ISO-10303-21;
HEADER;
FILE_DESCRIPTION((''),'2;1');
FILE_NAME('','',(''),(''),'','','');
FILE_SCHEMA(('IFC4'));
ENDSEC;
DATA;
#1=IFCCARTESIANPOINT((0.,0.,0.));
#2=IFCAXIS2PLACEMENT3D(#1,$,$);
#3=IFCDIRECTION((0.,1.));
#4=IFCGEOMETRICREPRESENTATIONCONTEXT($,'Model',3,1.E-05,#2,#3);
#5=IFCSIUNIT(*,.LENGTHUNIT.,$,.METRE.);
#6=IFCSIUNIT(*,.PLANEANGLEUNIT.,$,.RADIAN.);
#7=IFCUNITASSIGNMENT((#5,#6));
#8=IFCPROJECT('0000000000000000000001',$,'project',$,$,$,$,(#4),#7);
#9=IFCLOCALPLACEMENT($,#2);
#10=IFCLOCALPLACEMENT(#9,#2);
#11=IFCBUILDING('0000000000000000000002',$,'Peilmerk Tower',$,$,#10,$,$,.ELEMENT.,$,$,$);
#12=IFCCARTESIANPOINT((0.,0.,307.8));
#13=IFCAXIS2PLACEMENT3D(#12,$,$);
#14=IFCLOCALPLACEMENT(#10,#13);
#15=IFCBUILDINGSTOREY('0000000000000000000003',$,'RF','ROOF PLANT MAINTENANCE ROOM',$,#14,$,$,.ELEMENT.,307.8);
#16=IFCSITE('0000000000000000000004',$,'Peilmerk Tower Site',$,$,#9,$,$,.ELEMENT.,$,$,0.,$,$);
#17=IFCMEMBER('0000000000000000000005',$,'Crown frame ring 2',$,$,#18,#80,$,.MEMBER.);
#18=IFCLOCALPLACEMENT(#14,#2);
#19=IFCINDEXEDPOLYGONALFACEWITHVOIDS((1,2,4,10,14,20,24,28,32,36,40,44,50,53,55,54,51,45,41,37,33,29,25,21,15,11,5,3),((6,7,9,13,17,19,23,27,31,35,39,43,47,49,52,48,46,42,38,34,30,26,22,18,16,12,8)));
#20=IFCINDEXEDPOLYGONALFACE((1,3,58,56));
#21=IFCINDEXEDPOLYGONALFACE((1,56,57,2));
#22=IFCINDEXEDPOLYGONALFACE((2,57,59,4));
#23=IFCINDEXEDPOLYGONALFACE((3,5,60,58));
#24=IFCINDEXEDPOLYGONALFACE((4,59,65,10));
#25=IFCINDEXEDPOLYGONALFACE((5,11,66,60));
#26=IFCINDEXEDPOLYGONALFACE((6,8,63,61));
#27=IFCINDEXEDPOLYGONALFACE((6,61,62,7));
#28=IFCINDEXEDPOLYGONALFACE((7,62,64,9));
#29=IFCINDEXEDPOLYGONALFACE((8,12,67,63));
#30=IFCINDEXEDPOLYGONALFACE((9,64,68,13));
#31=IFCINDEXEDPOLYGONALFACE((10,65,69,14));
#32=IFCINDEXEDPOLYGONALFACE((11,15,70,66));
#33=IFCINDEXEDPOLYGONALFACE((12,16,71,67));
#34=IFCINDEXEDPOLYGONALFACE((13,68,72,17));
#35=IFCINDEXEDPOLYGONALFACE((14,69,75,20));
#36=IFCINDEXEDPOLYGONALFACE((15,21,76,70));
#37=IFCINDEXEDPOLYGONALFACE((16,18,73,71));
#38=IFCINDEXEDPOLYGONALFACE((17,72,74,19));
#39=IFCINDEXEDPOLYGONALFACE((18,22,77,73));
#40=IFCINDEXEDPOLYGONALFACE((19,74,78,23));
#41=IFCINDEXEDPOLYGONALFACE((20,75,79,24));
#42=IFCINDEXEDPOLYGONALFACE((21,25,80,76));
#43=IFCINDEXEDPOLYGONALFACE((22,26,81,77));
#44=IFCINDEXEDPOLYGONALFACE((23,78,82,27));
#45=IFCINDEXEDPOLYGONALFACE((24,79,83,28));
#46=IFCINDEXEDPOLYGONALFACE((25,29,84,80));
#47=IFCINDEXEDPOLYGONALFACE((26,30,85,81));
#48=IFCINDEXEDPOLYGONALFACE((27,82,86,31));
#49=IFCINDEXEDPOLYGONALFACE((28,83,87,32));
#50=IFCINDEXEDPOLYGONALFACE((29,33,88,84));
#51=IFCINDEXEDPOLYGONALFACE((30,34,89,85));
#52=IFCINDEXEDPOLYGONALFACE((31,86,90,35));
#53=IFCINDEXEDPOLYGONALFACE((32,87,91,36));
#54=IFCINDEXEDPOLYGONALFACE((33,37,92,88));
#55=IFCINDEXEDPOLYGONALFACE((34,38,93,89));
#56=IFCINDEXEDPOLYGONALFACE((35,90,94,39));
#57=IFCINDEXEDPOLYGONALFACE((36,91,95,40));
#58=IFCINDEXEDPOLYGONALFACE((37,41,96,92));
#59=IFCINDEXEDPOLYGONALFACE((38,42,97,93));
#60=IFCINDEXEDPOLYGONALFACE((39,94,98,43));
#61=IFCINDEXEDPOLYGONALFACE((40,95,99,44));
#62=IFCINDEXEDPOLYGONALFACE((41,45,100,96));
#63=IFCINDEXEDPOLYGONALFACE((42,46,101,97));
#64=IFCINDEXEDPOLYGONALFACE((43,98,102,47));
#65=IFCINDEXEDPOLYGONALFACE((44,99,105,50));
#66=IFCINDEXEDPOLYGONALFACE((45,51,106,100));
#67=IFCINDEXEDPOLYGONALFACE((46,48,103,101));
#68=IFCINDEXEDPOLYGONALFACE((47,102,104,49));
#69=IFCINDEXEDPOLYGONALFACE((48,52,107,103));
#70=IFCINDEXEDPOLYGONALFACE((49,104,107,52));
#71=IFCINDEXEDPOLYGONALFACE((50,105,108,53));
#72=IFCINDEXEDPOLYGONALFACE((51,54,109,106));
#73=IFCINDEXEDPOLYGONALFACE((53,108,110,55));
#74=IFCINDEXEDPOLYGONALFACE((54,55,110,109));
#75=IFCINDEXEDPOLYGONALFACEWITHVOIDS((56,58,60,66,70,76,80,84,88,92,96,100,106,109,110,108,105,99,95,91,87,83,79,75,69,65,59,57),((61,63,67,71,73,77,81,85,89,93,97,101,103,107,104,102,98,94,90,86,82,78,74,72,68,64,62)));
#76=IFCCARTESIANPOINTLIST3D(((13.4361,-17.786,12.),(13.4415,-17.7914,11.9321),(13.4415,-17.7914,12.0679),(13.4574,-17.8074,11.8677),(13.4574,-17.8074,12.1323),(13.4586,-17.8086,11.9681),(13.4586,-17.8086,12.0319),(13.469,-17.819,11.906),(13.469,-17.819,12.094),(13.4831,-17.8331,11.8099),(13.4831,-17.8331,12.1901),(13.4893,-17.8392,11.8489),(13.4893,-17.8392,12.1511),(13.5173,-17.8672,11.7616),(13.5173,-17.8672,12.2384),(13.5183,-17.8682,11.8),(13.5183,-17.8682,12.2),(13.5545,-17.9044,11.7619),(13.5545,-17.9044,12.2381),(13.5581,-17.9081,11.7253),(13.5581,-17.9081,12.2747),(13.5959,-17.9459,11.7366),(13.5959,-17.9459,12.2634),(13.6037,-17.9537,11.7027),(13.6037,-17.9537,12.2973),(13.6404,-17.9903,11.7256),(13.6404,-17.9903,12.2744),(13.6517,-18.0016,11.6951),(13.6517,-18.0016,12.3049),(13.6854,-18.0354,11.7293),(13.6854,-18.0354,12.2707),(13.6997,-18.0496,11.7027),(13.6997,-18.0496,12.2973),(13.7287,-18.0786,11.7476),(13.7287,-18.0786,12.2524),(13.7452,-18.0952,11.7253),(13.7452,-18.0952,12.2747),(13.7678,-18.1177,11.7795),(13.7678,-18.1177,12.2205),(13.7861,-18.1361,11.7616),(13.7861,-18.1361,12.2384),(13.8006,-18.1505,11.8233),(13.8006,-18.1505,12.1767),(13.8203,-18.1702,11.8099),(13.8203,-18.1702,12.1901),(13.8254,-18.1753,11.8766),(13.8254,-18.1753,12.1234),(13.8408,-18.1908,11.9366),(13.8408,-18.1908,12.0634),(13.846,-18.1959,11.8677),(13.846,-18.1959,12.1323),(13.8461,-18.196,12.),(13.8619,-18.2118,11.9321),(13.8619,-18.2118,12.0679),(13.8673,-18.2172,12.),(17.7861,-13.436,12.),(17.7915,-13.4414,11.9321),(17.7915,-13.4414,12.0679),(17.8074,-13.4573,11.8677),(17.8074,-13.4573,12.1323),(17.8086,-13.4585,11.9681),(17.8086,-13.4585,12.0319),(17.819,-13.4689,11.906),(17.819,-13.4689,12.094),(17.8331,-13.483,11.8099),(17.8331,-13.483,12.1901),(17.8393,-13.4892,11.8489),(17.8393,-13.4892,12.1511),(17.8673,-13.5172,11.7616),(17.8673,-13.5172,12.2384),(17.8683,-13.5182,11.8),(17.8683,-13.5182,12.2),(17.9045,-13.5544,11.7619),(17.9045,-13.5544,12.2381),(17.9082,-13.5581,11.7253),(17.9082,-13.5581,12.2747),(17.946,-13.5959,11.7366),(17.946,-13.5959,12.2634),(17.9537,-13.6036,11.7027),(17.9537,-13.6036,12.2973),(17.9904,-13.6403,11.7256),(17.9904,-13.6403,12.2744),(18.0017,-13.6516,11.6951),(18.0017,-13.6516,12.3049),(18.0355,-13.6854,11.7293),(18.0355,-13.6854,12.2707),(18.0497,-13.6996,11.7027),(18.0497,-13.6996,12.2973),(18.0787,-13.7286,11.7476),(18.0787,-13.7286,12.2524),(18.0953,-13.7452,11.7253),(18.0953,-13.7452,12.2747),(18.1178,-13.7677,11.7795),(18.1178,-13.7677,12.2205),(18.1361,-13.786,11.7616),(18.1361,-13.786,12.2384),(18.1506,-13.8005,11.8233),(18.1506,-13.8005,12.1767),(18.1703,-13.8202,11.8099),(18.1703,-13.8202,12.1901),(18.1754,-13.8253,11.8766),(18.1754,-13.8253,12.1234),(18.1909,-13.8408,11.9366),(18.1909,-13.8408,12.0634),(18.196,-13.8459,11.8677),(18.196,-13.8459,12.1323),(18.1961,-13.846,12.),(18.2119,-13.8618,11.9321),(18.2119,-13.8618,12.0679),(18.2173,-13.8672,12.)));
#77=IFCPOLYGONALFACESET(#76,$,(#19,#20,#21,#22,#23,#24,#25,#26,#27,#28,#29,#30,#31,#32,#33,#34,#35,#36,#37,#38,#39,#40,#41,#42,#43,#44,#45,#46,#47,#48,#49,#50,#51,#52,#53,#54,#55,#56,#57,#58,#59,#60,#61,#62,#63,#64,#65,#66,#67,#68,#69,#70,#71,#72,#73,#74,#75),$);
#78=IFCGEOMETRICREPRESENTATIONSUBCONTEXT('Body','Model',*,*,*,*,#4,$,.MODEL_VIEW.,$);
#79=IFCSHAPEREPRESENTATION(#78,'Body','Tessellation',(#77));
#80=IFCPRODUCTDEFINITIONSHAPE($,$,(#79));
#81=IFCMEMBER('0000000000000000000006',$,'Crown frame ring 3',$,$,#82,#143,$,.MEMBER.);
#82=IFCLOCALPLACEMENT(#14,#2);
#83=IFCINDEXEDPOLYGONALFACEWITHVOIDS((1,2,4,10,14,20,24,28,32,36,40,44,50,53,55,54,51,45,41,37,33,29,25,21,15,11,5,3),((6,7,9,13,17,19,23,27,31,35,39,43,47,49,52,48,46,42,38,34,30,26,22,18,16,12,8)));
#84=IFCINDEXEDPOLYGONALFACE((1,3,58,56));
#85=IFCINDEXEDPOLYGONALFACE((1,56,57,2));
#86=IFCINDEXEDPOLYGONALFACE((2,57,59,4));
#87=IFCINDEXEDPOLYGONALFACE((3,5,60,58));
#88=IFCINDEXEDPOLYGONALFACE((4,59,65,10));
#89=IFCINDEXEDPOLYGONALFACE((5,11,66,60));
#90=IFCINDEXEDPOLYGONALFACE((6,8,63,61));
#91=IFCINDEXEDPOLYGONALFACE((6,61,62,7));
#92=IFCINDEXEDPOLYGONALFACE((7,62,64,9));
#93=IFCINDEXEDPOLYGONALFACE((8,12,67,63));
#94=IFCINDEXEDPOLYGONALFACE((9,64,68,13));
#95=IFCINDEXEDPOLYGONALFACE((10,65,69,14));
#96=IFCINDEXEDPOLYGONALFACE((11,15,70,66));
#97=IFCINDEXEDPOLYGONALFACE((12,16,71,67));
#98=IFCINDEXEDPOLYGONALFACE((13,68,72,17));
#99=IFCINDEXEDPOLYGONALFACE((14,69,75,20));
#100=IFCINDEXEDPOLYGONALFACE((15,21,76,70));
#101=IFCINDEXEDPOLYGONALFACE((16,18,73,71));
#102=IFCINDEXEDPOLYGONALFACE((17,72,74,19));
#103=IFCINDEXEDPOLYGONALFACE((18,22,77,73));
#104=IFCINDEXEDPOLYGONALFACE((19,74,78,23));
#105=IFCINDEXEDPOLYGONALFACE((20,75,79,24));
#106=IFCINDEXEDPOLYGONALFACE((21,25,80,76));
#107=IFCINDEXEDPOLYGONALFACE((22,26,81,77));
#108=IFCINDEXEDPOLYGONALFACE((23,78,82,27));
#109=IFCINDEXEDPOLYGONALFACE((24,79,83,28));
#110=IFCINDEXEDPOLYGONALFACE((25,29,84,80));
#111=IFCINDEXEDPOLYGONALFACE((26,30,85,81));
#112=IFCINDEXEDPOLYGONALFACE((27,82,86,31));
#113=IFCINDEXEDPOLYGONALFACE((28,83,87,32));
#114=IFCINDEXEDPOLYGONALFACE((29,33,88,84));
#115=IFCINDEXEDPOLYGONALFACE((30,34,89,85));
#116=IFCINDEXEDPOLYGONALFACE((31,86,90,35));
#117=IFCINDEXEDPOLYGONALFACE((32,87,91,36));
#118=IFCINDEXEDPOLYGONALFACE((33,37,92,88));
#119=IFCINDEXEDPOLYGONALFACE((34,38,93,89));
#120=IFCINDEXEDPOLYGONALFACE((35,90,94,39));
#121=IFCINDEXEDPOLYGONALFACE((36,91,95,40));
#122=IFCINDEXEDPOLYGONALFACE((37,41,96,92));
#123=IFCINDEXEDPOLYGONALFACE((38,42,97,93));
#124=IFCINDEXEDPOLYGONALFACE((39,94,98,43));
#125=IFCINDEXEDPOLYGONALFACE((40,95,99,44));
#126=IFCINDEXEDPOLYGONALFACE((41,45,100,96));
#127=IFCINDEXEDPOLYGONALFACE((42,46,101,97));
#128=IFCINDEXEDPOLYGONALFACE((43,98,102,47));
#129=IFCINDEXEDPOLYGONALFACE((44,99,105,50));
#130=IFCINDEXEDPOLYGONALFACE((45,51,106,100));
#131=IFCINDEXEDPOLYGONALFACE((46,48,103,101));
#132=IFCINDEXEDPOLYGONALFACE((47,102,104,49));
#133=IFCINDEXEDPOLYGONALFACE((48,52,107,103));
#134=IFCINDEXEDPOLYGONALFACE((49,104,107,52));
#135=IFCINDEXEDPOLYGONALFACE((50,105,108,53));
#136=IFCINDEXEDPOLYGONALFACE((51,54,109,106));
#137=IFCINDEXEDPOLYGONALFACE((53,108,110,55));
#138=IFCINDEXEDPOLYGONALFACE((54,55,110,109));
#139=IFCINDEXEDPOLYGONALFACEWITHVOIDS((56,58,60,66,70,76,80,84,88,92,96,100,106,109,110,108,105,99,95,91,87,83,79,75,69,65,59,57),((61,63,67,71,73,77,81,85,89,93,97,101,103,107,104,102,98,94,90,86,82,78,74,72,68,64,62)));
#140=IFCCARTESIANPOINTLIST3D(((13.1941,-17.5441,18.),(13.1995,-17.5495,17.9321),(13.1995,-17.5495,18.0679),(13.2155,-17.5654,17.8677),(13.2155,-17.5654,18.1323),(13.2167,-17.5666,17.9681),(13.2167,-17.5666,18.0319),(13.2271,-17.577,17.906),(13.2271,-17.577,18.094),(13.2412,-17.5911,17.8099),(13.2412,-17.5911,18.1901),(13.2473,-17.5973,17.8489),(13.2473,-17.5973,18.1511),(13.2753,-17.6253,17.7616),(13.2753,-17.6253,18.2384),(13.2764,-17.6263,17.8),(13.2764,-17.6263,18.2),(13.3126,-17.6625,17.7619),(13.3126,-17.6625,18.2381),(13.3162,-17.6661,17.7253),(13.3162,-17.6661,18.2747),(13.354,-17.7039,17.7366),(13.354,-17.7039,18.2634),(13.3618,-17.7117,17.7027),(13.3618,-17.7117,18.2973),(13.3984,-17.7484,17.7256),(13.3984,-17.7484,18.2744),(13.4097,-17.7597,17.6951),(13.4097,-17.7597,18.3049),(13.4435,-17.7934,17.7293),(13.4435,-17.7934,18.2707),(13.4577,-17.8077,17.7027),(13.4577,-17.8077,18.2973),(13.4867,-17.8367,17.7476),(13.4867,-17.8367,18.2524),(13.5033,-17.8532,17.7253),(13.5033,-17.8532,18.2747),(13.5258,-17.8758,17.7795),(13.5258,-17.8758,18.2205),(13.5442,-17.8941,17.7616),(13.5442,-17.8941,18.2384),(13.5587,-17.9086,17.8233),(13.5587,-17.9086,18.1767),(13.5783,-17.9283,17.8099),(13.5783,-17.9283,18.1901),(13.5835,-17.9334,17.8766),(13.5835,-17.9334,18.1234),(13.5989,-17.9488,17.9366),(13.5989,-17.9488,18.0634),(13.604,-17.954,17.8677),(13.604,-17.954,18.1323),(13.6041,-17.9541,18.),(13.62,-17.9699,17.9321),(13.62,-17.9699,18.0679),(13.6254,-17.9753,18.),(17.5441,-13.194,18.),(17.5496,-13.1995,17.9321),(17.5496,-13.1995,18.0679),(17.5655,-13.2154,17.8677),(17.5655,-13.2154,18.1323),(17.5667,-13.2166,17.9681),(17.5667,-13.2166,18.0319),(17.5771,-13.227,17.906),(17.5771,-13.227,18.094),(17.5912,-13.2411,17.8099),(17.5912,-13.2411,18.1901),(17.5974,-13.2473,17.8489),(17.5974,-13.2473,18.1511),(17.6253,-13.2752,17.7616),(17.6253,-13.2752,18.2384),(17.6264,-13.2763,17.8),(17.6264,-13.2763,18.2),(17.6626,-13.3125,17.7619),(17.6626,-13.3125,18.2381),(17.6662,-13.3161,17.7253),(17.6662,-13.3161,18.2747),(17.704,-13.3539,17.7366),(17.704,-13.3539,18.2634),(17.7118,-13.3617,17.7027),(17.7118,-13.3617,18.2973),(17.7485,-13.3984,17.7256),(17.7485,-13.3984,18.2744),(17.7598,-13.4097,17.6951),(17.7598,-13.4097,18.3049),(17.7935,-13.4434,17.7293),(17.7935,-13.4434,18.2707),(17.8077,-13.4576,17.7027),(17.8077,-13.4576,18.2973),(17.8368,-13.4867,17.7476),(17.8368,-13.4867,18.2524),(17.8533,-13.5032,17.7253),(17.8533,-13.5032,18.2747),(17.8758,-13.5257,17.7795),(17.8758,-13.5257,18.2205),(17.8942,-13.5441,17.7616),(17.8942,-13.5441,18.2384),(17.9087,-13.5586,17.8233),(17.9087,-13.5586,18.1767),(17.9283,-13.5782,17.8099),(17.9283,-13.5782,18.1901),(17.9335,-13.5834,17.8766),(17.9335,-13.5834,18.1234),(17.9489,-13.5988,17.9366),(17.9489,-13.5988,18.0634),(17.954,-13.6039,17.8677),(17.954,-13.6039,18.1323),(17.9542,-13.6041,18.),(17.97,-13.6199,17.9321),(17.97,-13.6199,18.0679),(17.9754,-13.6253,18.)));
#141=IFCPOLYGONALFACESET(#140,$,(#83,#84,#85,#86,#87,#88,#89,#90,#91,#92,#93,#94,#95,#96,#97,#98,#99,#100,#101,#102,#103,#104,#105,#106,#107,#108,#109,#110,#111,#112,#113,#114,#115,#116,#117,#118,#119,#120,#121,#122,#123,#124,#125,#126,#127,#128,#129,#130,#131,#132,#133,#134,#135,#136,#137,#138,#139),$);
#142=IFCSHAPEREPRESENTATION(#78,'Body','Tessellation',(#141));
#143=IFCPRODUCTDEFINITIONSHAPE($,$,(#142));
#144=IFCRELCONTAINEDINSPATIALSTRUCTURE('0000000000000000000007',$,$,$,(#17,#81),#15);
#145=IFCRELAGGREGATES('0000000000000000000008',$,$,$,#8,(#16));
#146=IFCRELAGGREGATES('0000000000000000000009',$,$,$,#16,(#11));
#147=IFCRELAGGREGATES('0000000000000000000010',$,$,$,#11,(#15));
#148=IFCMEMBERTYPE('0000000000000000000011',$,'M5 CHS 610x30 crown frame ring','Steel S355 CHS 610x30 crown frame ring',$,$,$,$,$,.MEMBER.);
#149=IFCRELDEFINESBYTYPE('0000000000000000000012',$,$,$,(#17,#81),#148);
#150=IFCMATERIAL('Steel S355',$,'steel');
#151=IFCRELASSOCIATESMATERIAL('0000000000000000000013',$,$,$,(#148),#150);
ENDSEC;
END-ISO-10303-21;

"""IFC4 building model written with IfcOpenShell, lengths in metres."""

from ifc_helpers import new_model, si_unit, direction, frame, origin, origin_2d, place, context, subcontext, project, spatial, hollow_circle, extrude, material, material_profile, profile_set, type_object, element, save


model = new_model("IFC4")

# Units and contexts
model_context = context("Model", 3, precision=1e-05, world=origin(), true_north=direction((0.0, 1.0)))
body_context = subcontext(model_context, "Body", "Model", "MODEL_VIEW")
ifc_project = project(units=[si_unit("LENGTHUNIT", "METRE"), si_unit("PLANEANGLEUNIT", "RADIAN")], contexts=[model_context])

# Site, building, storey
site_placement = place(None, origin())
site = spatial("IfcSite", under=ifc_project, at=site_placement, Name="Peilmerk Tower Site", CompositionType="ELEMENT", RefElevation=0.0)
building_placement = place(site_placement, origin())
building = spatial("IfcBuilding", under=site, at=building_placement, Name="Peilmerk Tower", CompositionType="ELEMENT")
storey_placement = place(building_placement, frame((0.0, 0.0, 307.8)))
storey = spatial("IfcBuildingStorey", under=building, at=storey_placement, Name="RF", Description="ROOF PLANT MAINTENANCE ROOM", CompositionType="ELEMENT", Elevation=307.8)

# Shared definitions
ifc_material_1 = material(Name="Steel S355", Category="steel")

# Members
ifc_material_profile_1 = material_profile(ifc_material_1, hollow_circle(Radius=0.3049, WallThickness=0.03, at=origin_2d()), Name="CHS 610x30")
ifc_profile_set_1 = profile_set([ifc_material_profile_1], Name="Steel S355")
member_type_1 = type_object("IfcMemberType", Name="M5 CHS 610x30 crown frame ring", Description="Steel S355 CHS 610x30 crown frame ring", PredefinedType="MEMBER", material=ifc_profile_set_1)
for number, where, z_axis, x_axis, name in (
    (1, (18.0017, -13.6516, 12.0), (-0.707107, -0.707107, 0.0), (0.707107, -0.707107, 0.0), "Crown frame ring 2"),
    (2, (17.7598, -13.4097, 18.0), (-0.707107, -0.707107, 0.0), (0.707107, -0.707107, 0.0), "Crown frame ring 3"),
):
    element("IfcMember", number, at=place(storey_placement, frame(where, z_axis=z_axis, x_axis=x_axis)), inside=storey, type_object=member_type_1, Name=name, PredefinedType="MEMBER", context=body_context, shape_type="SweptSolid", body=[
        extrude(hollow_circle(Radius=0.3049, WallThickness=0.03, at=origin_2d()), origin(), (0.0, 0.0, 1.0), 6.1519),
    ])

save(model, "model.ifc")
